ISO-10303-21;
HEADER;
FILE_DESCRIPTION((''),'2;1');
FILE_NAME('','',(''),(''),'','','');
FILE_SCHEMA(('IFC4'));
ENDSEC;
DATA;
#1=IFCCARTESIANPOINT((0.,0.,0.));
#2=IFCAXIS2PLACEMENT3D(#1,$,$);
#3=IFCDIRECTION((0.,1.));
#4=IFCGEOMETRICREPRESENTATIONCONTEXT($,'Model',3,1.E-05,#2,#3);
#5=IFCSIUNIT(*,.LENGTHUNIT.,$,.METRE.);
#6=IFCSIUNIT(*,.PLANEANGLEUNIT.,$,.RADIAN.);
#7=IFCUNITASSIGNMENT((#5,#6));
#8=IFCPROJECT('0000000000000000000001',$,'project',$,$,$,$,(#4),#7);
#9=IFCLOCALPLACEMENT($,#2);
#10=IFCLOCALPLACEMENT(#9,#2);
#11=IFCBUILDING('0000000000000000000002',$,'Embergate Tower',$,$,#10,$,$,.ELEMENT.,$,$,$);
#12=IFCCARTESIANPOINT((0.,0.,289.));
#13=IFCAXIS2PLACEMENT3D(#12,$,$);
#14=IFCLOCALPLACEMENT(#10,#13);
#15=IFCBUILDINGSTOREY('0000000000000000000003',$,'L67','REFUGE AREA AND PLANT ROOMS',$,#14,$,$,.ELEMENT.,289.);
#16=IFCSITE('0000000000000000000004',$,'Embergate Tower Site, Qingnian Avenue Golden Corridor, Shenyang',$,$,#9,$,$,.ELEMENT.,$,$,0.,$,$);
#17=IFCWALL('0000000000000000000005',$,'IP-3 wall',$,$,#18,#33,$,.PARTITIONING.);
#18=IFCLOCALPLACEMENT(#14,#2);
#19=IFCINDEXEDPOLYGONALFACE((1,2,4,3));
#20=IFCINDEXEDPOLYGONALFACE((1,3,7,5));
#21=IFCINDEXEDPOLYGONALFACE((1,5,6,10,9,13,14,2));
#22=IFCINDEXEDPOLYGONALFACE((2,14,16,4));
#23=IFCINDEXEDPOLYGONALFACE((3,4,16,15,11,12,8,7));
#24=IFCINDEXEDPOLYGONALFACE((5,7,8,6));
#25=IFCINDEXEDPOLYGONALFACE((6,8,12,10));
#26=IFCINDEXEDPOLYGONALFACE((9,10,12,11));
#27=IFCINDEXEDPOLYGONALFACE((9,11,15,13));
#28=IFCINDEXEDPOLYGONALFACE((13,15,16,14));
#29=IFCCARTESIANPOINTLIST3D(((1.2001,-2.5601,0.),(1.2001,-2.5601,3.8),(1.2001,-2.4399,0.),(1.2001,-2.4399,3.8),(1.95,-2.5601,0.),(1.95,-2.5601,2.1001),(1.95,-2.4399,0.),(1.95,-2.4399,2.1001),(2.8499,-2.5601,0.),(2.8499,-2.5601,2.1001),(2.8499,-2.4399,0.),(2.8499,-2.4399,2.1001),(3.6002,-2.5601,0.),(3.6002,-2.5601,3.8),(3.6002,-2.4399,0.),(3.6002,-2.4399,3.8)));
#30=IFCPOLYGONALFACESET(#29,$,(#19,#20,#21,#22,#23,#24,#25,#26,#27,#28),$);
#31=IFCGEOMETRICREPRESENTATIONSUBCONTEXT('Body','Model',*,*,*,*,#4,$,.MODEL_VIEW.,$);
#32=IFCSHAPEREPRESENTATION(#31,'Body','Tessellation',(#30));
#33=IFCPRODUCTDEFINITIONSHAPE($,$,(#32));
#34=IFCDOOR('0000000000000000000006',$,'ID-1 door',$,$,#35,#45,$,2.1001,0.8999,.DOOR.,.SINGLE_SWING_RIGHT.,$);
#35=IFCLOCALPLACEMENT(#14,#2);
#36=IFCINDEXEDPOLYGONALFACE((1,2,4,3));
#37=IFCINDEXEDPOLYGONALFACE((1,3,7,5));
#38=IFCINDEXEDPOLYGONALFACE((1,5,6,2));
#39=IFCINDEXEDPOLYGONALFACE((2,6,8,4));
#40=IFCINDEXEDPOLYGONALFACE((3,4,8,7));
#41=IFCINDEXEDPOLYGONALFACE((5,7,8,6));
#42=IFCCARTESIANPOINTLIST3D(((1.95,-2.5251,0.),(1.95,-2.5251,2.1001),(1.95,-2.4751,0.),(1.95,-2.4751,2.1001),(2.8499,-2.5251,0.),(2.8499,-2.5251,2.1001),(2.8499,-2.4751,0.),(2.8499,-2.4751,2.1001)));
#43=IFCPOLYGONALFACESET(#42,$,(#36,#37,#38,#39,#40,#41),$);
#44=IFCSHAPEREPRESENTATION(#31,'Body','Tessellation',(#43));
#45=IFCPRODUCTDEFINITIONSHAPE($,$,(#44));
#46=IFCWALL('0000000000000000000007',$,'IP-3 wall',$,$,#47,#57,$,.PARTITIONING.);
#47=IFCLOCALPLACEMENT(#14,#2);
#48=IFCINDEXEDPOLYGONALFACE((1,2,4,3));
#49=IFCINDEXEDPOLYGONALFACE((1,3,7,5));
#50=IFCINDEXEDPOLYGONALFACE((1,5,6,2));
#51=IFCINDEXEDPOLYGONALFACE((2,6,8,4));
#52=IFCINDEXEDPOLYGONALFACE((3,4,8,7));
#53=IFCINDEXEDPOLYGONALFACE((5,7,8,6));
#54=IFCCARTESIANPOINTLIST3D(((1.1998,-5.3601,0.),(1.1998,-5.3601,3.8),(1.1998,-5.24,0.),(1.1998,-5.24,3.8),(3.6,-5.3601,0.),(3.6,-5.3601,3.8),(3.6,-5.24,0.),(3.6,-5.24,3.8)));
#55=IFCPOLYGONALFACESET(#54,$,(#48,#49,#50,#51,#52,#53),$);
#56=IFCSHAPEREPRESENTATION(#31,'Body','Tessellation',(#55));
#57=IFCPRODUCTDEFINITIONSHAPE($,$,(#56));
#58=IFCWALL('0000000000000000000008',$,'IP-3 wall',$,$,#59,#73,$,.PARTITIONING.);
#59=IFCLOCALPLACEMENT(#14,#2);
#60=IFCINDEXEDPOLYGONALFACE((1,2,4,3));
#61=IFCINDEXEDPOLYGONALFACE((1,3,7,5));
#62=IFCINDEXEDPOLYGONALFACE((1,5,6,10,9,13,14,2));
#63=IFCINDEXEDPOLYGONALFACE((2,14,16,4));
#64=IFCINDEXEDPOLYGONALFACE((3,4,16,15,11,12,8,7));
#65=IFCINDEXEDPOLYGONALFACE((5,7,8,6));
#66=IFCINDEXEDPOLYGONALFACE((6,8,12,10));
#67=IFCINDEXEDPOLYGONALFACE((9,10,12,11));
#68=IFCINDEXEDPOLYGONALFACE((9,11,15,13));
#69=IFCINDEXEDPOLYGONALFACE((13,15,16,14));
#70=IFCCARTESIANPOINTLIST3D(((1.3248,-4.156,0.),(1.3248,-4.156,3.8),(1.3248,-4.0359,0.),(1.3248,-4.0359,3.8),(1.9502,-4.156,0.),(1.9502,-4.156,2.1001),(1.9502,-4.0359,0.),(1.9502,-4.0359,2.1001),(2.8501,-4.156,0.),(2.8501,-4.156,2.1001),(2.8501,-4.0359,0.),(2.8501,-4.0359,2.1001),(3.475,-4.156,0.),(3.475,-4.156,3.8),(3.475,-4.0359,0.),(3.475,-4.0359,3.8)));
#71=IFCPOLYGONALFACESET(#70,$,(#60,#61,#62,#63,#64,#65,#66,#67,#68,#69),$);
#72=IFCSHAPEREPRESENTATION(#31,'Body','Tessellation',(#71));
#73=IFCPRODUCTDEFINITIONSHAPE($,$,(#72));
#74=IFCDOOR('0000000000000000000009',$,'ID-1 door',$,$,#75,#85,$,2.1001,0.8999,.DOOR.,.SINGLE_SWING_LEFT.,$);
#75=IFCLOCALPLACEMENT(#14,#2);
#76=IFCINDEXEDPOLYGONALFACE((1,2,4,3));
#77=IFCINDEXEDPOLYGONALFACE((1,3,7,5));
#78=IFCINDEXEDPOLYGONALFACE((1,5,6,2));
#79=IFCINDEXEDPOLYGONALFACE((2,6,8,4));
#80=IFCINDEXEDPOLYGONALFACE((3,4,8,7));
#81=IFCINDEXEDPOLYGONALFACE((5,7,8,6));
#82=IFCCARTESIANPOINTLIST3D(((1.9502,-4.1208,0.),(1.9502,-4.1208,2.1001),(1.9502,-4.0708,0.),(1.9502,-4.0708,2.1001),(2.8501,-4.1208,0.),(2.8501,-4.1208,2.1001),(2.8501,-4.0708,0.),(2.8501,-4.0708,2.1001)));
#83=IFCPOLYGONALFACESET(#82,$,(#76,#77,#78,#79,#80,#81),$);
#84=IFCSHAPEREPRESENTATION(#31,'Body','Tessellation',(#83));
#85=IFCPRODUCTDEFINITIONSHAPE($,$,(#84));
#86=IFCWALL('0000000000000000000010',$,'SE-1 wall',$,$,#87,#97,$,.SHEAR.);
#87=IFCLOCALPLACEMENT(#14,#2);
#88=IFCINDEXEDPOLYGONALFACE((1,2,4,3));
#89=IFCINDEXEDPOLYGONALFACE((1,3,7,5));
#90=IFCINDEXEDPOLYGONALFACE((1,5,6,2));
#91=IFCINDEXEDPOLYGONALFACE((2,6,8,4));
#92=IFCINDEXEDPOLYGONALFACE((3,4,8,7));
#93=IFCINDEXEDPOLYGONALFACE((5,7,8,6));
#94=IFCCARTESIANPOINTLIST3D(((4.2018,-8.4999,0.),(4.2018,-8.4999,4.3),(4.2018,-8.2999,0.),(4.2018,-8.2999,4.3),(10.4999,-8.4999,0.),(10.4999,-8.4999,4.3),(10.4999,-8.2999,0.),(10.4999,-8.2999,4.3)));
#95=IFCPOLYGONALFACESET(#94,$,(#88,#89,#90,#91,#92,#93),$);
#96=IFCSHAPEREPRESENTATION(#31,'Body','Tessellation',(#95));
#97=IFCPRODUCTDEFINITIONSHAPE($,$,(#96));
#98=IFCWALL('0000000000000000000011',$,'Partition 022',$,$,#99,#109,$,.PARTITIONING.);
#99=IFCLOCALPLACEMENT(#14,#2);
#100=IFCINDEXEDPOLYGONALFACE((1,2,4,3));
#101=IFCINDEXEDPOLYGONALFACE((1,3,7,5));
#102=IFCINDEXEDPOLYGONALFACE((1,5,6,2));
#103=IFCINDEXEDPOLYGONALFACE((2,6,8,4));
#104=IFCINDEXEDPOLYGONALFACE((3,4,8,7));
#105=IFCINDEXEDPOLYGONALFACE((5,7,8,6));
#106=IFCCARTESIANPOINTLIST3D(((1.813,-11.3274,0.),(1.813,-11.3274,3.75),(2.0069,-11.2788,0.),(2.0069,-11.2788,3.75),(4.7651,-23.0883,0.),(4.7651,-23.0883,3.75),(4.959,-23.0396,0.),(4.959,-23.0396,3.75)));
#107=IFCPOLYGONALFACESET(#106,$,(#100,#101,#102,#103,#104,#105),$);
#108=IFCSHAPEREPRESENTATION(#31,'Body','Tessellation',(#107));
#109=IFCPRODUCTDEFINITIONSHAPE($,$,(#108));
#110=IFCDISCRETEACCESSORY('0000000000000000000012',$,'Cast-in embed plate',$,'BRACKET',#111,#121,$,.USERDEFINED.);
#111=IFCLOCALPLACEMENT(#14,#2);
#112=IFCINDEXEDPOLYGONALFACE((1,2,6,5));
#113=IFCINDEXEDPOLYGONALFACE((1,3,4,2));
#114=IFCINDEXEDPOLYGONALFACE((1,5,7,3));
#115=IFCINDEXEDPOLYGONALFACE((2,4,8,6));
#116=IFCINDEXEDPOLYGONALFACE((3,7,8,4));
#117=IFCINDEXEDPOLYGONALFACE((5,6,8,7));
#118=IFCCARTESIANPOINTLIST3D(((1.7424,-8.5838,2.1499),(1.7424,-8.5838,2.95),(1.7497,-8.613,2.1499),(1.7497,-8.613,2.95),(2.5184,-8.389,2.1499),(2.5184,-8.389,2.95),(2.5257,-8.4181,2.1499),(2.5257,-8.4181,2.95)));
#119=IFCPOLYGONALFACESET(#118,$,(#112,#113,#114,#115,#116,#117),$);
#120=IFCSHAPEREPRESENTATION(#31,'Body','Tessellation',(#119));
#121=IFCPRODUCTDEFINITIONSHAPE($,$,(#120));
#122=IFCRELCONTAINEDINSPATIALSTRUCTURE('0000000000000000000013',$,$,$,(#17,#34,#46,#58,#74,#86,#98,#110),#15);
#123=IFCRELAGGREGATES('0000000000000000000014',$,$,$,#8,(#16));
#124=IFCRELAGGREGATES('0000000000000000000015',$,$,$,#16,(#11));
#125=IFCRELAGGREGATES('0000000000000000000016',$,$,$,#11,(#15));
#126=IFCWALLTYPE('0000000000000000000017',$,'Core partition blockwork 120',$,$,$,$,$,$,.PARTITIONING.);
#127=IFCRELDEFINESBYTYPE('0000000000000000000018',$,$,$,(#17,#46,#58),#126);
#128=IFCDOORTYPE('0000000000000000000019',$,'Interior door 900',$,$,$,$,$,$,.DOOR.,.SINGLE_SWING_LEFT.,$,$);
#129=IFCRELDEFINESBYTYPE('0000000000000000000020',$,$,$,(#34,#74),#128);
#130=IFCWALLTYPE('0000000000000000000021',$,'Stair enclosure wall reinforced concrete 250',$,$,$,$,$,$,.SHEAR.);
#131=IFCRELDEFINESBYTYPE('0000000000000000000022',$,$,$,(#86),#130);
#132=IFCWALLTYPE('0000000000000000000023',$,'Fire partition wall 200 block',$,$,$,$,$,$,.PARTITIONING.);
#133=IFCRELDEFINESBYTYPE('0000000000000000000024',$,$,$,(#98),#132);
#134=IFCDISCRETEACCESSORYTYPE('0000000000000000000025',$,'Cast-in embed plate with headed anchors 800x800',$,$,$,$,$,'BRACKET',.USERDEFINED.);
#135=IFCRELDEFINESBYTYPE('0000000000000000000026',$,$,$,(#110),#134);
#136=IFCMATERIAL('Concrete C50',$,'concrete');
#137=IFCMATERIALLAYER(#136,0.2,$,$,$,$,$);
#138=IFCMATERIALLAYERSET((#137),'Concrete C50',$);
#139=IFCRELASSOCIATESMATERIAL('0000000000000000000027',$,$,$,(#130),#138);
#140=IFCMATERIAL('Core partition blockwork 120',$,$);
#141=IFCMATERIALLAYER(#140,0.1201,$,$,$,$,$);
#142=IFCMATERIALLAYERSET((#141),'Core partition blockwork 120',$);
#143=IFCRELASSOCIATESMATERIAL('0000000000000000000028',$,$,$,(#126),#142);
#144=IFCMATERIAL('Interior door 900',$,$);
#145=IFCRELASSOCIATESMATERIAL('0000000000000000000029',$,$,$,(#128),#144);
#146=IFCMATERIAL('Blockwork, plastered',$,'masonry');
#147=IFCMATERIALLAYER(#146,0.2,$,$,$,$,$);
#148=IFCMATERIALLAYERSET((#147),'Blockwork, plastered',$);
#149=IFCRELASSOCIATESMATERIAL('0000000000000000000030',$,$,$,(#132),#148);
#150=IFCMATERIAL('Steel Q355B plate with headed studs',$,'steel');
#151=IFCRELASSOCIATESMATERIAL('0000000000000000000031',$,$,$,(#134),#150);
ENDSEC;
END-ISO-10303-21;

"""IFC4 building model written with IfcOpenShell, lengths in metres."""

from ifc_helpers import new_model, si_unit, direction, frame, frame_2d, origin, origin_2d, place, context, subcontext, project, spatial, rectangle, extrude, source, transform, mapped, material, layer, layer_set, type_object, element, fill, save


model = new_model("IFC4")

# Units and contexts
model_context = context("Model", 3, precision=1e-05, world=origin(), true_north=direction((0.0, 1.0)))
body_context = subcontext(model_context, "Body", "Model", "MODEL_VIEW")
ifc_project = project(units=[si_unit("LENGTHUNIT", "METRE"), si_unit("PLANEANGLEUNIT", "RADIAN")], contexts=[model_context])

# Site, building, storey
site_placement = place(None, origin())
site = spatial("IfcSite", under=ifc_project, at=site_placement, Name="Embergate Tower Site, Qingnian Avenue Golden Corridor, Shenyang", CompositionType="ELEMENT", RefElevation=0.0)
building_placement = place(site_placement, origin())
building = spatial("IfcBuilding", under=site, at=building_placement, Name="Embergate Tower", CompositionType="ELEMENT")
storey_placement = place(building_placement, frame((0.0, 0.0, 289.0)))
storey = spatial("IfcBuildingStorey", under=building, at=storey_placement, Name="L67", Description="REFUGE AREA AND PLANT ROOMS", CompositionType="ELEMENT", Elevation=289.0)

# Shared definitions
ifc_material_1 = material(Name="Concrete C50", Category="concrete")
ifc_layer_1 = layer(ifc_material_1, 0.2)
ifc_layer_set_1 = layer_set([ifc_layer_1], Name="Concrete C50")
wall_type_1 = type_object("IfcWallType", Name="Stair enclosure wall reinforced concrete 250", PredefinedType="SHEAR", material=ifc_layer_set_1)

# Wall, opening, door
ifc_material_2 = material(Name="Core partition blockwork 120")
ifc_layer_2 = layer(ifc_material_2, 0.1201)
ifc_layer_set_2 = layer_set([ifc_layer_2], Name="Core partition blockwork 120")
wall_type_2 = type_object("IfcWallType", Name="Core partition blockwork 120", PredefinedType="PARTITIONING", material=ifc_layer_set_2)
shared_shape_1 = source(origin(), body_context, "Body", "SweptSolid", [
    extrude(rectangle(XDim=2.4001, YDim=0.1201, at=frame_2d((1.2002, 0.0))), origin(), (0.0, 0.0, 1.0), 3.8),
])
wall_1_placement = place(storey_placement, frame((1.2, -2.5, 0.0), z_axis=(0.0, 0.0, 1.0), x_axis=(1.0, 0.0, 0.0)))
wall_1 = element("IfcWall", 1, at=wall_1_placement, inside=storey, type_object=wall_type_2, Name="IP-3 wall", PredefinedType="PARTITIONING", context=body_context, shape_type="MappedRepresentation", body=[
    mapped(shared_shape_1, transform((0.0, 0.0, 0.0))),
])
shared_shape_2 = source(origin(), body_context, "Body", "SweptSolid", [
    extrude(rectangle(XDim=0.8999, YDim=2.1001, at=frame_2d((0.45, 1.05))), frame((0.0, 0.0701, 0.0), z_axis=(0.0, -1.0, 0.0), x_axis=(1.0, 0.0, 0.0)), (0.0, 0.0, 1.0), 0.1401),
])
opening_1_placement = place(wall_1_placement, frame((0.75, 0.0, 0.0)))
opening_1 = element("IfcOpeningElement", 2, at=opening_1_placement, cuts=wall_1, PredefinedType="OPENING", context=body_context, shape_type="MappedRepresentation", body=[
    mapped(shared_shape_2, transform((0.0, 0.0, 0.0))),
])
ifc_material_3 = material(Name="Interior door 900")
door_type_1 = type_object("IfcDoorType", Name="Interior door 900", OperationType="SINGLE_SWING_LEFT", PredefinedType="DOOR", material=ifc_material_3)
shared_shape_3 = source(origin(), body_context, "Body", "SweptSolid", [
    extrude(rectangle(XDim=0.8999, YDim=2.1001, at=frame_2d((0.45, 1.05))), frame((0.0, 0.0249, 0.0), z_axis=(0.0, -1.0, 0.0), x_axis=(1.0, 0.0, 0.0)), (0.0, 0.0, 1.0), 0.05),
])
door_1_placement = place(opening_1_placement, origin())
door_1 = element("IfcDoor", 3, at=door_1_placement, inside=storey, type_object=door_type_1, Name="ID-1 door", OperationType="SINGLE_SWING_RIGHT", OverallHeight=2.1001, OverallWidth=0.8999, PredefinedType="DOOR", context=body_context, shape_type="MappedRepresentation", body=[
    mapped(shared_shape_3, transform((0.0, 0.0, 0.0))),
])
fill(opening_1, door_1)

# Wall
wall_2_placement = place(storey_placement, frame((3.6001, -5.3, 0.0), z_axis=(0.0, 0.0, 1.0), x_axis=(-1.0, 0.0, 0.0)))
element("IfcWall", 4, at=wall_2_placement, inside=storey, type_object=wall_type_2, Name="IP-3 wall", PredefinedType="PARTITIONING", context=body_context, shape_type="MappedRepresentation", body=[
    mapped(shared_shape_1, transform((0.0, 0.0, 0.0))),
])

# Wall, opening, door
shared_shape_4 = source(origin(), body_context, "Body", "SweptSolid", [
    extrude(rectangle(XDim=2.1501, YDim=0.1201, at=frame_2d((1.0752, 0.0))), origin(), (0.0, 0.0, 1.0), 3.8),
])
wall_3_placement = place(storey_placement, frame((3.4751, -4.0959, 0.0), z_axis=(0.0, 0.0, 1.0), x_axis=(-1.0, 0.0, 0.0)))
wall_3 = element("IfcWall", 5, at=wall_3_placement, inside=storey, type_object=wall_type_2, Name="IP-3 wall", PredefinedType="PARTITIONING", context=body_context, shape_type="MappedRepresentation", body=[
    mapped(shared_shape_4, transform((0.0, 0.0, 0.0))),
])
opening_2_placement = place(wall_3_placement, frame((0.625, 0.0, 0.0)))
opening_2 = element("IfcOpeningElement", 6, at=opening_2_placement, cuts=wall_3, PredefinedType="OPENING", context=body_context, shape_type="MappedRepresentation", body=[
    mapped(shared_shape_2, transform((0.0, 0.0, 0.0))),
])
door_2_placement = place(opening_2_placement, origin())
door_2 = element("IfcDoor", 7, at=door_2_placement, inside=storey, type_object=door_type_1, Name="ID-1 door", OperationType="SINGLE_SWING_LEFT", OverallHeight=2.1001, OverallWidth=0.8999, PredefinedType="DOOR", context=body_context, shape_type="MappedRepresentation", body=[
    mapped(shared_shape_3, transform((0.0, 0.0, 0.0))),
])
fill(opening_2, door_2)

# Wall
shared_shape_5 = source(origin(), body_context, "Body", "SweptSolid", [
    extrude(rectangle(XDim=6.2981, YDim=0.2, at=frame_2d((3.1489, 0.0))), origin(), (0.0, 0.0, 1.0), 4.3),
])
wall_4_placement = place(storey_placement, frame((4.2019, -8.3999, 0.0), z_axis=(0.0, 0.0, 1.0), x_axis=(1.0, 0.0, 0.0)))
element("IfcWall", 8, at=wall_4_placement, inside=storey, type_object=wall_type_1, Name="SE-1 wall", PredefinedType="SHEAR", context=body_context, shape_type="MappedRepresentation", body=[
    mapped(shared_shape_5, transform((0.0, 0.0, 0.0))),
])

# Shared definitions
ifc_material_4 = material(Name="Blockwork, plastered", Category="masonry")
ifc_layer_3 = layer(ifc_material_4, 0.2)
ifc_layer_set_3 = layer_set([ifc_layer_3], Name="Blockwork, plastered")
wall_type_3 = type_object("IfcWallType", Name="Fire partition wall 200 block", PredefinedType="PARTITIONING", material=ifc_layer_set_3)

# Wall
shared_shape_6 = source(origin(), body_context, "Body", "SweptSolid", [
    extrude(rectangle(XDim=12.1257, YDim=0.2, at=frame_2d((6.063, 0.0))), origin(), (0.0, 0.0, 1.0), 3.75),
])
wall_5_placement = place(storey_placement, frame((1.9099, -11.303, 0.0), z_axis=(0.0, 0.0, 1.0), x_axis=(0.243459, -0.969911, 0.0)))
element("IfcWall", 9, at=wall_5_placement, inside=storey, type_object=wall_type_3, Name="Partition 022", PredefinedType="PARTITIONING", context=body_context, shape_type="MappedRepresentation", body=[
    mapped(shared_shape_6, transform((0.0, 0.0, 0.0))),
])

# Discrete accessory
ifc_material_5 = material(Name="Steel Q355B plate with headed studs", Category="steel")
discrete_accessory_type = type_object("IfcDiscreteAccessoryType", Name="Cast-in embed plate with headed anchors 800x800", ElementType="BRACKET", PredefinedType="USERDEFINED", material=ifc_material_5)
shared_shape_7 = source(origin(), body_context, "Body", "SweptSolid", [
    extrude(rectangle(XDim=0.03, YDim=0.8, at=origin_2d()), origin(), (0.0, 0.0, 1.0), 0.8),
])
discrete_accessory_placement = place(storey_placement, frame((2.134, -8.501, 2.1499), z_axis=(0.0, 0.0, 1.0), x_axis=(0.243513, -0.969898, 0.0)))
element("IfcDiscreteAccessory", 10, at=discrete_accessory_placement, inside=storey, type_object=discrete_accessory_type, Name="Cast-in embed plate", ObjectType="BRACKET", PredefinedType="USERDEFINED", context=body_context, shape_type="MappedRepresentation", body=[
    mapped(shared_shape_7, transform((0.0, 0.0, 0.0))),
])

save(model, "model.ifc")
